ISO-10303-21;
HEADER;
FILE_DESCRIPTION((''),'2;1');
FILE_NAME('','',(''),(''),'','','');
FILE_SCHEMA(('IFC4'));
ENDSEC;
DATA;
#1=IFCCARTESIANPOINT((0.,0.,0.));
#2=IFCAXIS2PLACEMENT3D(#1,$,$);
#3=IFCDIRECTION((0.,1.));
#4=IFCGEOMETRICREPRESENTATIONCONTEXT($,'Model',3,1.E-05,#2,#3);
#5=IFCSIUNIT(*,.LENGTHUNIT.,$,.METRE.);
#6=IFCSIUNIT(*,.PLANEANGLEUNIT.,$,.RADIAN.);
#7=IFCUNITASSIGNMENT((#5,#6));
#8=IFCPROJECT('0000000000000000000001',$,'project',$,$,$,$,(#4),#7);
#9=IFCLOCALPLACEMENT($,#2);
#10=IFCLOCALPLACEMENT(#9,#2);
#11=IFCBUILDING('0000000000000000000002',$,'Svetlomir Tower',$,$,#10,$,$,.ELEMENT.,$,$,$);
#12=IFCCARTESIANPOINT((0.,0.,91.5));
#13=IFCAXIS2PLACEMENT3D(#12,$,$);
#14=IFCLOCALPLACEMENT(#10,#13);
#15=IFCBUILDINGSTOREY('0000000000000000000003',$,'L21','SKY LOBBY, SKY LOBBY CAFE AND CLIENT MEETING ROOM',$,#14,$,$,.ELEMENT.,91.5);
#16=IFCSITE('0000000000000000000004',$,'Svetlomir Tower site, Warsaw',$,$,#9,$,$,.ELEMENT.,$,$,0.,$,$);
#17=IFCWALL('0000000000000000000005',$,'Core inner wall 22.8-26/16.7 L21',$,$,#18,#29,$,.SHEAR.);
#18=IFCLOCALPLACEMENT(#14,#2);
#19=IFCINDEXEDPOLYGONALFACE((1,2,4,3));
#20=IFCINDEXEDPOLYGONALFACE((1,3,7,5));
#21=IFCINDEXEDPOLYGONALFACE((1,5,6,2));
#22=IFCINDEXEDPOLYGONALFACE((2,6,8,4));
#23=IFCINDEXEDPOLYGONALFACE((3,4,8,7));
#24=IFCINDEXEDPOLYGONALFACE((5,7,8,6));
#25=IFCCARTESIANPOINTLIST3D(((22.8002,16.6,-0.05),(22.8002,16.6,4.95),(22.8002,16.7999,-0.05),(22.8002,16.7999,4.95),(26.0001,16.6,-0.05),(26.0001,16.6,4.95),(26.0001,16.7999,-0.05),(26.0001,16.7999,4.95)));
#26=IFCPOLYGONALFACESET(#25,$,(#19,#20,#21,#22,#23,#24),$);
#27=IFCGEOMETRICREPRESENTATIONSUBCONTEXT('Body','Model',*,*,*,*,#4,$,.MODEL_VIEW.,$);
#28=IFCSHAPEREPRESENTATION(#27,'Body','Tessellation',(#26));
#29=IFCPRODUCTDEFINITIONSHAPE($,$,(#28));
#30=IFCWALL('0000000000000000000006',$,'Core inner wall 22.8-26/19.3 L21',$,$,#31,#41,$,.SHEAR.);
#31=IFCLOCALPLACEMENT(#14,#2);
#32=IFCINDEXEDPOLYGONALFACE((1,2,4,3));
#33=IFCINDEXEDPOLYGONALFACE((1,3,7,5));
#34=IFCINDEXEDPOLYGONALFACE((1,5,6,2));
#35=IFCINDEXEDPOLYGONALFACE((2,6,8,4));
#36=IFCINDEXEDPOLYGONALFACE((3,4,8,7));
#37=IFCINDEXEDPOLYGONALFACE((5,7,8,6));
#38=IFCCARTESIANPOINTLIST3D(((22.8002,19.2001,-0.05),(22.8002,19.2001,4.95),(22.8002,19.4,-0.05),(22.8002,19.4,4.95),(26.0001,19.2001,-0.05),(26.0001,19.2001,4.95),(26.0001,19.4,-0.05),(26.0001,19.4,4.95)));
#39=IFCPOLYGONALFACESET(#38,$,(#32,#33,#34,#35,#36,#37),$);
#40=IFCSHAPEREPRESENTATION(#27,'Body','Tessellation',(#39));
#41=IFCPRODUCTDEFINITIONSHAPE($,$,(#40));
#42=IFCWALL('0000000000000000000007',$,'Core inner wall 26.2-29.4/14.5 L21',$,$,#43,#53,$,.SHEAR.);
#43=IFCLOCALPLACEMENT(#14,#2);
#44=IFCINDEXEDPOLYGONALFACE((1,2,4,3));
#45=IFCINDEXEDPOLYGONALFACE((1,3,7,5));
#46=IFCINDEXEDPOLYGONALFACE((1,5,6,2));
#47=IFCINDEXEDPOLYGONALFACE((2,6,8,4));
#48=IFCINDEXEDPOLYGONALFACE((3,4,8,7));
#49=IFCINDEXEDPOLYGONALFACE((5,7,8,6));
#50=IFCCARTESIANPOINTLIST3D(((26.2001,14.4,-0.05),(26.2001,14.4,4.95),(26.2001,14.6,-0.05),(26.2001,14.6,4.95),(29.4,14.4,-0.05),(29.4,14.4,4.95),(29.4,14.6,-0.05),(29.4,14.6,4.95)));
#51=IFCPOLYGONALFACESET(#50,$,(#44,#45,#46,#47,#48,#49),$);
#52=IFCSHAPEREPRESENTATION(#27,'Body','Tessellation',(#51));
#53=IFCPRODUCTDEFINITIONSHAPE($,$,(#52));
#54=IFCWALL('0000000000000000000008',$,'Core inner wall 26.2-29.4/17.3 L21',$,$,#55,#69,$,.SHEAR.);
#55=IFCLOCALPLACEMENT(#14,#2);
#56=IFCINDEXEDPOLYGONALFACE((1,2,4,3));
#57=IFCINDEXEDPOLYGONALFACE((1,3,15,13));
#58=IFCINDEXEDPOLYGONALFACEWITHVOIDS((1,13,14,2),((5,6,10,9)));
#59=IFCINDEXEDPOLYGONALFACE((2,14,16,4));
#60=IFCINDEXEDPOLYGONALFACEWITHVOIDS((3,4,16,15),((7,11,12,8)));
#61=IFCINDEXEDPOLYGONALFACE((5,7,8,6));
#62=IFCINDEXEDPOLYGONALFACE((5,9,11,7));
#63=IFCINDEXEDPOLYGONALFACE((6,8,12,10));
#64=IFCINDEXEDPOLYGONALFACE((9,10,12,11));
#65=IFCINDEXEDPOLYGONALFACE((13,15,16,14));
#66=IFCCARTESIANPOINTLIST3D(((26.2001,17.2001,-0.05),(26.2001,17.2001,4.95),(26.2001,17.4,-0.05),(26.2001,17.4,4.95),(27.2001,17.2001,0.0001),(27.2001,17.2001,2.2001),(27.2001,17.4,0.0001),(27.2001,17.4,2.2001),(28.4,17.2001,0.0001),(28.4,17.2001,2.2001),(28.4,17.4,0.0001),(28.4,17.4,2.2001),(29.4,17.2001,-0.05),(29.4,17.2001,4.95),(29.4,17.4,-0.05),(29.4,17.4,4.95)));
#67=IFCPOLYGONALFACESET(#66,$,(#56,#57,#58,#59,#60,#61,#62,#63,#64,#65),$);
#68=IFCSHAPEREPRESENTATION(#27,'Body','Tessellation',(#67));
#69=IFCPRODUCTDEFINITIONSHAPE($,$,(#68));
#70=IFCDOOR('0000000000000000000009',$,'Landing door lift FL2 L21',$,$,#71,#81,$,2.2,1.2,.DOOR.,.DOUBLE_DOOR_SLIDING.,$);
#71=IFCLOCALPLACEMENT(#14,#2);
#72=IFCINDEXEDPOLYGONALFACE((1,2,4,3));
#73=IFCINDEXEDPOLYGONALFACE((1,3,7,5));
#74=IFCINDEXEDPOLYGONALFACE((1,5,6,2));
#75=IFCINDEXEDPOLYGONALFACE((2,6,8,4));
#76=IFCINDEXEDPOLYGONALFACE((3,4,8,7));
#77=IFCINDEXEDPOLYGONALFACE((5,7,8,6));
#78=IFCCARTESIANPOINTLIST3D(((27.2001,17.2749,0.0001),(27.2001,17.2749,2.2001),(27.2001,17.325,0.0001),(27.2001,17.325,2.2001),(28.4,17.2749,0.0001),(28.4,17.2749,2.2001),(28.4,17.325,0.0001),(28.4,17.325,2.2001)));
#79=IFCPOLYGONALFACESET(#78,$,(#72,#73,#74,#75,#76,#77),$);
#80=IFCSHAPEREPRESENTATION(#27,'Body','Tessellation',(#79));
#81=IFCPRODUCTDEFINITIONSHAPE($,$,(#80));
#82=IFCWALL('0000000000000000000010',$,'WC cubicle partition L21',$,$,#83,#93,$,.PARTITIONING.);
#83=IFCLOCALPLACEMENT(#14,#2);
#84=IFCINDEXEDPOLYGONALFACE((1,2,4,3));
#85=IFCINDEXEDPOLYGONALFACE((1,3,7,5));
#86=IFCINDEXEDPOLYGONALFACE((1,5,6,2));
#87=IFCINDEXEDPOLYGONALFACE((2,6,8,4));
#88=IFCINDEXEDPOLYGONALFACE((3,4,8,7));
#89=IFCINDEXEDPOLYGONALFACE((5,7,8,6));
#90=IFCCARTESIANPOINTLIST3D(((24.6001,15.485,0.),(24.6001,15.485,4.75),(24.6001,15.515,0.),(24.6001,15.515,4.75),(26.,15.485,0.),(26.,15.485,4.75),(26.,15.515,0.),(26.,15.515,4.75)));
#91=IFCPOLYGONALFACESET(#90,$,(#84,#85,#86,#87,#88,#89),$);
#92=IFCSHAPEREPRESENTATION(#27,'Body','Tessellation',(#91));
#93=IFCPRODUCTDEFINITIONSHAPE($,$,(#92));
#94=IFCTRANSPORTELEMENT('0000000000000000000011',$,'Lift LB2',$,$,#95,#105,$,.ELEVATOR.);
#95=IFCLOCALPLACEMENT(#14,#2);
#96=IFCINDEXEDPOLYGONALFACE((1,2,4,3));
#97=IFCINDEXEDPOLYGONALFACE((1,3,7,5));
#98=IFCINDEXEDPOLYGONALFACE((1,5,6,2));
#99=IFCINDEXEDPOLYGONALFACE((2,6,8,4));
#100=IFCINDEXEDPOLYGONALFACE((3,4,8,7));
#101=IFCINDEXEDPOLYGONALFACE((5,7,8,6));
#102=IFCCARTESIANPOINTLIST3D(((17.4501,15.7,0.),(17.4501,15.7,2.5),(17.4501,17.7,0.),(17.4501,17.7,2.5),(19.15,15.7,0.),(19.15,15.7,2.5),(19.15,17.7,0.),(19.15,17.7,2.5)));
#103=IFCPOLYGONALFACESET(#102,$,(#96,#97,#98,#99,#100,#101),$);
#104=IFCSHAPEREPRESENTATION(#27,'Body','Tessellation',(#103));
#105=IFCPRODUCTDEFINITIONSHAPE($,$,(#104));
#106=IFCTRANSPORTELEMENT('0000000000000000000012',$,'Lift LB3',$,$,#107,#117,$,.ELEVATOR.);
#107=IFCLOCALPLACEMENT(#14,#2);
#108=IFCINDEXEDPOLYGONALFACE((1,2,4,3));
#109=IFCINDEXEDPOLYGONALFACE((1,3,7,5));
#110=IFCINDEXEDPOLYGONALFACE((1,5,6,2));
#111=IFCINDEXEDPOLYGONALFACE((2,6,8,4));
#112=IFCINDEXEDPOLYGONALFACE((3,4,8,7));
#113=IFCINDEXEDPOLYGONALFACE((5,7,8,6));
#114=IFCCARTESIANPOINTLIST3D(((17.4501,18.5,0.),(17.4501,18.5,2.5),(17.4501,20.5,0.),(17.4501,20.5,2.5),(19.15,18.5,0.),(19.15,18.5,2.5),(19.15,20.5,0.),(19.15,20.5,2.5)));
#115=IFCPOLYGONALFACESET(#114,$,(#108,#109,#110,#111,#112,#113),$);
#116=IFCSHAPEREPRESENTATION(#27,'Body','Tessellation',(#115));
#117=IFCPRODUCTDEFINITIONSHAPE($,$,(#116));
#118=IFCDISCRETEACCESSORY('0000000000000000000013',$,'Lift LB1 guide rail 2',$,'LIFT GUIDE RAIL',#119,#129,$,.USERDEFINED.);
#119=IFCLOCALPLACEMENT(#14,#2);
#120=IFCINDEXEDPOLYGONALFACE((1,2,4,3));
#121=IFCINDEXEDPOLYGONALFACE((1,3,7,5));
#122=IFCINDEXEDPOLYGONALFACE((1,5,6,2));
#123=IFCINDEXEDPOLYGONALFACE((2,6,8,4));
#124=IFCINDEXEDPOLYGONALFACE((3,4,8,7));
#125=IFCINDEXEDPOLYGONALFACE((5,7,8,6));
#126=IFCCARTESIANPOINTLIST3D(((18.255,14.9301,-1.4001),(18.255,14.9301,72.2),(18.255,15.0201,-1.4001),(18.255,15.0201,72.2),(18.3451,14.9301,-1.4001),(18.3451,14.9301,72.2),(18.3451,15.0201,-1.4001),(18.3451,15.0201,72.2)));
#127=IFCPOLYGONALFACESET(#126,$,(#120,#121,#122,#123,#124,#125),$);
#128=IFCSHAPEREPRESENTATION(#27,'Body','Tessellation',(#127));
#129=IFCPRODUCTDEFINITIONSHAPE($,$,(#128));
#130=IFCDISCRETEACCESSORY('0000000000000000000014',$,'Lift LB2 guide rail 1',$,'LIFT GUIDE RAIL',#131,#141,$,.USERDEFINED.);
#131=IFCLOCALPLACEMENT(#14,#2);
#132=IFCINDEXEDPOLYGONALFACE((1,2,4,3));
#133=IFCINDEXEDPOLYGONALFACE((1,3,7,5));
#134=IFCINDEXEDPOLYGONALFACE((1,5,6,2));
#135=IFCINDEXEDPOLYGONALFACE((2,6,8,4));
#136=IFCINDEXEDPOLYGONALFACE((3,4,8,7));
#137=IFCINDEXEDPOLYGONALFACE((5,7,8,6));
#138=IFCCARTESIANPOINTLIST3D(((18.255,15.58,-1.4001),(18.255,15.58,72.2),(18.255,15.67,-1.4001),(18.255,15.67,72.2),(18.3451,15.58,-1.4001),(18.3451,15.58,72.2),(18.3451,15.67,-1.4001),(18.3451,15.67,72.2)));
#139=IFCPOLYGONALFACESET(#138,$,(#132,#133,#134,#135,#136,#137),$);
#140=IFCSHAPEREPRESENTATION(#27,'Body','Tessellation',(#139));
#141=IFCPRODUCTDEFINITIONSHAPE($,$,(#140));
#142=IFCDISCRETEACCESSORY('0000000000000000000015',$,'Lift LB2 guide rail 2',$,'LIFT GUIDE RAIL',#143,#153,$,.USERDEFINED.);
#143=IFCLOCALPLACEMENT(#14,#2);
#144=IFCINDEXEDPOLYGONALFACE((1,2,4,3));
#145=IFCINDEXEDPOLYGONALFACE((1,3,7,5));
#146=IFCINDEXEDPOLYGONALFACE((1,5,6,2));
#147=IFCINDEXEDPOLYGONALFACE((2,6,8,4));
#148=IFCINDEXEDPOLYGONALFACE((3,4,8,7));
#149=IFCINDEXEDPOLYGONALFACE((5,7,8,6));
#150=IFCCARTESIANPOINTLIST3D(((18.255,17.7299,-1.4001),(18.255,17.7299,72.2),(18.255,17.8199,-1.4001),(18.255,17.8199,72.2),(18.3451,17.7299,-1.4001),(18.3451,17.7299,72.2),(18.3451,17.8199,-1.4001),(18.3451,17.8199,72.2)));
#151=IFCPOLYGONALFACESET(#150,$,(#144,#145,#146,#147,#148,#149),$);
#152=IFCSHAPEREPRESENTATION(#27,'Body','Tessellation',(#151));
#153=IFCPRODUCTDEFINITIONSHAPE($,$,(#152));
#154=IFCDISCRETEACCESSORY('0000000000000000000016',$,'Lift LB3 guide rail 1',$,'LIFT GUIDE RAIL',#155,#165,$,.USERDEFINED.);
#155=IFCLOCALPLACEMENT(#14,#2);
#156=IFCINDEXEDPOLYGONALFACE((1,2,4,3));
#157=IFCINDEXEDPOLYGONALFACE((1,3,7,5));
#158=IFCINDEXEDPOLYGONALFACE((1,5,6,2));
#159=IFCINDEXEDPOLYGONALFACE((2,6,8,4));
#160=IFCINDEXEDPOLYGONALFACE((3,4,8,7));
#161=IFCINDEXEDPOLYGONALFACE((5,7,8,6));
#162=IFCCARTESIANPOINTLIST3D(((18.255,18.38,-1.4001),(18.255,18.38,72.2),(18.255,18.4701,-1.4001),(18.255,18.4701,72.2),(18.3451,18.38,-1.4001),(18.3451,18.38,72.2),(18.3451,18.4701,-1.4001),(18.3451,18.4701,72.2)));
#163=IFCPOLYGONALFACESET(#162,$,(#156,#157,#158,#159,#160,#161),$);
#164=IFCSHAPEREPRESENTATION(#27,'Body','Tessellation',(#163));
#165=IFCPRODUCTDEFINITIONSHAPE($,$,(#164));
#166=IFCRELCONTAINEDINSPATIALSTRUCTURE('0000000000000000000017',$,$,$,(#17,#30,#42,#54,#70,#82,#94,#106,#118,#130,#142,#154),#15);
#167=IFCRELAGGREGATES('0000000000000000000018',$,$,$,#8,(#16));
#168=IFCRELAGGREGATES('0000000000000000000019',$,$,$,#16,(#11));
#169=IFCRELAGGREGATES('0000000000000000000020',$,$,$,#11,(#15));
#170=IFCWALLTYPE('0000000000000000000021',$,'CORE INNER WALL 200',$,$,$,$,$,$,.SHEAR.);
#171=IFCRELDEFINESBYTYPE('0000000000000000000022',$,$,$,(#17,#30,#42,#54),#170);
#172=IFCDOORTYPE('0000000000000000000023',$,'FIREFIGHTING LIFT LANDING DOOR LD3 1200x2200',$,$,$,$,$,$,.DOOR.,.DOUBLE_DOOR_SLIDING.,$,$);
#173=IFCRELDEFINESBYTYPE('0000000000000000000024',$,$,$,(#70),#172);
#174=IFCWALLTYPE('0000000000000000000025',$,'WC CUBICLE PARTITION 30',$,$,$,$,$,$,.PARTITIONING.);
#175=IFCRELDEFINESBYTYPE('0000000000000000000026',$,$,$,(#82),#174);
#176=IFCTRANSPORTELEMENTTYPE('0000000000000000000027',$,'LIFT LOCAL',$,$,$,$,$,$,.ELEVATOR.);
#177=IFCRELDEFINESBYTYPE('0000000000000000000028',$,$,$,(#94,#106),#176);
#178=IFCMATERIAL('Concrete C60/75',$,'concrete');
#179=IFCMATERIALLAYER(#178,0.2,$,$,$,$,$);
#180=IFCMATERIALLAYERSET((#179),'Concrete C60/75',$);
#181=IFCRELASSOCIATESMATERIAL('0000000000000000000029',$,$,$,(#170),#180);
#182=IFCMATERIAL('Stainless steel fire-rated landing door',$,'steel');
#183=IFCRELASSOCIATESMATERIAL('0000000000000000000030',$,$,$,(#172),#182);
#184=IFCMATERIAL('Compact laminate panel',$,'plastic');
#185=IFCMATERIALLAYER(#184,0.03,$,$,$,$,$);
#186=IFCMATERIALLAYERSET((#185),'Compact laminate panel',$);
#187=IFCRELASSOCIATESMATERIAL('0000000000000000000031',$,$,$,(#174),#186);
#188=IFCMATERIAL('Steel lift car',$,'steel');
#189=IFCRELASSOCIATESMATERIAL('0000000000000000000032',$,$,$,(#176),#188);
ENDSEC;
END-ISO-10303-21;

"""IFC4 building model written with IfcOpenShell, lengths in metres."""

from ifc_helpers import new_model, si_unit, direction, frame, frame_2d, origin, origin_2d, place, context, subcontext, project, spatial, rectangle, extrude, material, layer, layer_set, type_object, element, fill, save


model = new_model("IFC4")

# Units and contexts
model_context = context("Model", 3, precision=1e-05, world=origin(), true_north=direction((0.0, 1.0)))
body_context = subcontext(model_context, "Body", "Model", "MODEL_VIEW")
ifc_project = project(units=[si_unit("LENGTHUNIT", "METRE"), si_unit("PLANEANGLEUNIT", "RADIAN")], contexts=[model_context])

# Site, building, storey
site_placement = place(None, origin())
site = spatial("IfcSite", under=ifc_project, at=site_placement, Name="Svetlomir Tower site, Warsaw", CompositionType="ELEMENT", RefElevation=0.0)
building_placement = place(site_placement, origin())
building = spatial("IfcBuilding", under=site, at=building_placement, Name="Svetlomir Tower", CompositionType="ELEMENT")
storey_placement = place(building_placement, frame((0.0, 0.0, 91.5)))
storey = spatial("IfcBuildingStorey", under=building, at=storey_placement, Name="L21", Description="SKY LOBBY, SKY LOBBY CAFE AND CLIENT MEETING ROOM", CompositionType="ELEMENT", Elevation=91.5)

# Walls
ifc_material_1 = material(Name="Concrete C60/75", Category="concrete")
ifc_layer_1 = layer(ifc_material_1, 0.2)
ifc_layer_set_1 = layer_set([ifc_layer_1], Name="Concrete C60/75")
wall_type_1 = type_object("IfcWallType", Name="CORE INNER WALL 200", PredefinedType="SHEAR", material=ifc_layer_set_1)
for number, where, z_axis, x_axis, name in (
    (1, (22.8, 16.7, -0.05), (0.0, 0.0, 1.0), (1.0, 0.0, 0.0), "Core inner wall 22.8-26/16.7 L21"),
    (2, (22.8, 19.3, -0.05), (0.0, 0.0, 1.0), (1.0, 0.0, 0.0), "Core inner wall 22.8-26/19.3 L21"),
    (3, (26.2, 14.5, -0.05), (0.0, 0.0, 1.0), (1.0, 0.0, 0.0), "Core inner wall 26.2-29.4/14.5 L21"),
):
    element("IfcWall", number, at=place(storey_placement, frame(where, z_axis=z_axis, x_axis=x_axis)), inside=storey, type_object=wall_type_1, Name=name, PredefinedType="SHEAR", context=body_context, shape_type="SweptSolid", body=[
        extrude(rectangle(XDim=3.2, YDim=0.2, at=frame_2d((1.6001, 0.0))), origin(), (0.0, 0.0, 1.0), 5.0),
    ])

# Wall, opening, door
wall_1_placement = place(storey_placement, frame((26.2, 17.3, -0.05), z_axis=(0.0, 0.0, 1.0), x_axis=(1.0, 0.0, 0.0)))
wall_1 = element("IfcWall", 4, at=wall_1_placement, inside=storey, type_object=wall_type_1, Name="Core inner wall 26.2-29.4/17.3 L21", PredefinedType="SHEAR", context=body_context, shape_type="SweptSolid", body=[
    extrude(rectangle(XDim=3.2, YDim=0.2, at=frame_2d((1.6001, 0.0))), origin(), (0.0, 0.0, 1.0), 5.0),
])
opening_placement = place(wall_1_placement, frame((1.0, 0.0, 0.05)))
opening = element("IfcOpeningElement", 5, at=opening_placement, cuts=wall_1, PredefinedType="OPENING", context=body_context, shape_type="SweptSolid", body=[
    extrude(rectangle(XDim=1.2, YDim=2.2, at=frame_2d((0.6001, 1.1001))), frame((0.0, 0.1099, 0.0), z_axis=(0.0, -1.0, 0.0), x_axis=(1.0, 0.0, 0.0)), (0.0, 0.0, 1.0), 0.22),
])
ifc_material_2 = material(Name="Stainless steel fire-rated landing door", Category="steel")
door_type = type_object("IfcDoorType", Name="FIREFIGHTING LIFT LANDING DOOR LD3 1200x2200", OperationType="DOUBLE_DOOR_SLIDING", PredefinedType="DOOR", material=ifc_material_2)
door_placement = place(opening_placement, origin())
door = element("IfcDoor", 6, at=door_placement, inside=storey, type_object=door_type, Name="Landing door lift FL2 L21", OperationType="DOUBLE_DOOR_SLIDING", OverallHeight=2.2, OverallWidth=1.2, PredefinedType="DOOR", context=body_context, shape_type="SweptSolid", body=[
    extrude(rectangle(XDim=1.2, YDim=2.2, at=frame_2d((0.6001, 1.1001))), frame((0.0, 0.0249, 0.0), z_axis=(0.0, -1.0, 0.0), x_axis=(1.0, 0.0, 0.0)), (0.0, 0.0, 1.0), 0.05),
])
fill(opening, door)

# Wall
ifc_material_3 = material(Name="Compact laminate panel", Category="plastic")
ifc_layer_2 = layer(ifc_material_3, 0.03)
ifc_layer_set_2 = layer_set([ifc_layer_2], Name="Compact laminate panel")
wall_type_2 = type_object("IfcWallType", Name="WC CUBICLE PARTITION 30", PredefinedType="PARTITIONING", material=ifc_layer_set_2)
wall_2_placement = place(storey_placement, frame((24.6001, 15.5, 0.0), z_axis=(0.0, 0.0, 1.0), x_axis=(1.0, 0.0, 0.0)))
element("IfcWall", 7, at=wall_2_placement, inside=storey, type_object=wall_type_2, Name="WC cubicle partition L21", PredefinedType="PARTITIONING", context=body_context, shape_type="SweptSolid", body=[
    extrude(rectangle(XDim=1.3999, YDim=0.03, at=frame_2d((0.7, 0.0))), origin(), (0.0, 0.0, 1.0), 4.75),
])

# Transport elements
ifc_material_4 = material(Name="Steel lift car", Category="steel")
transport_element_type = type_object("IfcTransportElementType", Name="LIFT LOCAL", PredefinedType="ELEVATOR", material=ifc_material_4)
for number, where, z_axis, x_axis, name in (
    (8, (18.3, 16.7, 0.0), (0.0, 0.0, 1.0), (1.0, 0.0, 0.0), "Lift LB2"),
    (9, (18.3, 19.5, 0.0), (0.0, 0.0, 1.0), (1.0, 0.0, 0.0), "Lift LB3"),
):
    element("IfcTransportElement", number, at=place(storey_placement, frame(where, z_axis=z_axis, x_axis=x_axis)), inside=storey, type_object=transport_element_type, Name=name, PredefinedType="ELEVATOR", context=body_context, shape_type="SweptSolid", body=[
        extrude(rectangle(XDim=1.7, YDim=2.0, at=origin_2d()), origin(), (0.0, 0.0, 1.0), 2.5),
    ])

# Discrete accessories
for number, where, z_axis, x_axis, name in (
    (10, (18.3, 14.9751, -1.4001), (0.0, 0.0, 1.0), (1.0, 0.0, 0.0), "Lift LB1 guide rail 2"),
    (11, (18.3, 15.625, -1.4001), (0.0, 0.0, 1.0), (1.0, 0.0, 0.0), "Lift LB2 guide rail 1"),
    (12, (18.3, 17.7749, -1.4001), (0.0, 0.0, 1.0), (1.0, 0.0, 0.0), "Lift LB2 guide rail 2"),
    (13, (18.3, 18.425, -1.4001), (0.0, 0.0, 1.0), (1.0, 0.0, 0.0), "Lift LB3 guide rail 1"),
):
    element("IfcDiscreteAccessory", number, at=place(storey_placement, frame(where, z_axis=z_axis, x_axis=x_axis)), inside=storey, Name=name, ObjectType="LIFT GUIDE RAIL", PredefinedType="USERDEFINED", context=body_context, shape_type="SweptSolid", body=[
        extrude(rectangle(XDim=0.0901, YDim=0.0901, at=origin_2d()), origin(), (0.0, 0.0, 1.0), 73.6001),
    ])

save(model, "model.ifc")
